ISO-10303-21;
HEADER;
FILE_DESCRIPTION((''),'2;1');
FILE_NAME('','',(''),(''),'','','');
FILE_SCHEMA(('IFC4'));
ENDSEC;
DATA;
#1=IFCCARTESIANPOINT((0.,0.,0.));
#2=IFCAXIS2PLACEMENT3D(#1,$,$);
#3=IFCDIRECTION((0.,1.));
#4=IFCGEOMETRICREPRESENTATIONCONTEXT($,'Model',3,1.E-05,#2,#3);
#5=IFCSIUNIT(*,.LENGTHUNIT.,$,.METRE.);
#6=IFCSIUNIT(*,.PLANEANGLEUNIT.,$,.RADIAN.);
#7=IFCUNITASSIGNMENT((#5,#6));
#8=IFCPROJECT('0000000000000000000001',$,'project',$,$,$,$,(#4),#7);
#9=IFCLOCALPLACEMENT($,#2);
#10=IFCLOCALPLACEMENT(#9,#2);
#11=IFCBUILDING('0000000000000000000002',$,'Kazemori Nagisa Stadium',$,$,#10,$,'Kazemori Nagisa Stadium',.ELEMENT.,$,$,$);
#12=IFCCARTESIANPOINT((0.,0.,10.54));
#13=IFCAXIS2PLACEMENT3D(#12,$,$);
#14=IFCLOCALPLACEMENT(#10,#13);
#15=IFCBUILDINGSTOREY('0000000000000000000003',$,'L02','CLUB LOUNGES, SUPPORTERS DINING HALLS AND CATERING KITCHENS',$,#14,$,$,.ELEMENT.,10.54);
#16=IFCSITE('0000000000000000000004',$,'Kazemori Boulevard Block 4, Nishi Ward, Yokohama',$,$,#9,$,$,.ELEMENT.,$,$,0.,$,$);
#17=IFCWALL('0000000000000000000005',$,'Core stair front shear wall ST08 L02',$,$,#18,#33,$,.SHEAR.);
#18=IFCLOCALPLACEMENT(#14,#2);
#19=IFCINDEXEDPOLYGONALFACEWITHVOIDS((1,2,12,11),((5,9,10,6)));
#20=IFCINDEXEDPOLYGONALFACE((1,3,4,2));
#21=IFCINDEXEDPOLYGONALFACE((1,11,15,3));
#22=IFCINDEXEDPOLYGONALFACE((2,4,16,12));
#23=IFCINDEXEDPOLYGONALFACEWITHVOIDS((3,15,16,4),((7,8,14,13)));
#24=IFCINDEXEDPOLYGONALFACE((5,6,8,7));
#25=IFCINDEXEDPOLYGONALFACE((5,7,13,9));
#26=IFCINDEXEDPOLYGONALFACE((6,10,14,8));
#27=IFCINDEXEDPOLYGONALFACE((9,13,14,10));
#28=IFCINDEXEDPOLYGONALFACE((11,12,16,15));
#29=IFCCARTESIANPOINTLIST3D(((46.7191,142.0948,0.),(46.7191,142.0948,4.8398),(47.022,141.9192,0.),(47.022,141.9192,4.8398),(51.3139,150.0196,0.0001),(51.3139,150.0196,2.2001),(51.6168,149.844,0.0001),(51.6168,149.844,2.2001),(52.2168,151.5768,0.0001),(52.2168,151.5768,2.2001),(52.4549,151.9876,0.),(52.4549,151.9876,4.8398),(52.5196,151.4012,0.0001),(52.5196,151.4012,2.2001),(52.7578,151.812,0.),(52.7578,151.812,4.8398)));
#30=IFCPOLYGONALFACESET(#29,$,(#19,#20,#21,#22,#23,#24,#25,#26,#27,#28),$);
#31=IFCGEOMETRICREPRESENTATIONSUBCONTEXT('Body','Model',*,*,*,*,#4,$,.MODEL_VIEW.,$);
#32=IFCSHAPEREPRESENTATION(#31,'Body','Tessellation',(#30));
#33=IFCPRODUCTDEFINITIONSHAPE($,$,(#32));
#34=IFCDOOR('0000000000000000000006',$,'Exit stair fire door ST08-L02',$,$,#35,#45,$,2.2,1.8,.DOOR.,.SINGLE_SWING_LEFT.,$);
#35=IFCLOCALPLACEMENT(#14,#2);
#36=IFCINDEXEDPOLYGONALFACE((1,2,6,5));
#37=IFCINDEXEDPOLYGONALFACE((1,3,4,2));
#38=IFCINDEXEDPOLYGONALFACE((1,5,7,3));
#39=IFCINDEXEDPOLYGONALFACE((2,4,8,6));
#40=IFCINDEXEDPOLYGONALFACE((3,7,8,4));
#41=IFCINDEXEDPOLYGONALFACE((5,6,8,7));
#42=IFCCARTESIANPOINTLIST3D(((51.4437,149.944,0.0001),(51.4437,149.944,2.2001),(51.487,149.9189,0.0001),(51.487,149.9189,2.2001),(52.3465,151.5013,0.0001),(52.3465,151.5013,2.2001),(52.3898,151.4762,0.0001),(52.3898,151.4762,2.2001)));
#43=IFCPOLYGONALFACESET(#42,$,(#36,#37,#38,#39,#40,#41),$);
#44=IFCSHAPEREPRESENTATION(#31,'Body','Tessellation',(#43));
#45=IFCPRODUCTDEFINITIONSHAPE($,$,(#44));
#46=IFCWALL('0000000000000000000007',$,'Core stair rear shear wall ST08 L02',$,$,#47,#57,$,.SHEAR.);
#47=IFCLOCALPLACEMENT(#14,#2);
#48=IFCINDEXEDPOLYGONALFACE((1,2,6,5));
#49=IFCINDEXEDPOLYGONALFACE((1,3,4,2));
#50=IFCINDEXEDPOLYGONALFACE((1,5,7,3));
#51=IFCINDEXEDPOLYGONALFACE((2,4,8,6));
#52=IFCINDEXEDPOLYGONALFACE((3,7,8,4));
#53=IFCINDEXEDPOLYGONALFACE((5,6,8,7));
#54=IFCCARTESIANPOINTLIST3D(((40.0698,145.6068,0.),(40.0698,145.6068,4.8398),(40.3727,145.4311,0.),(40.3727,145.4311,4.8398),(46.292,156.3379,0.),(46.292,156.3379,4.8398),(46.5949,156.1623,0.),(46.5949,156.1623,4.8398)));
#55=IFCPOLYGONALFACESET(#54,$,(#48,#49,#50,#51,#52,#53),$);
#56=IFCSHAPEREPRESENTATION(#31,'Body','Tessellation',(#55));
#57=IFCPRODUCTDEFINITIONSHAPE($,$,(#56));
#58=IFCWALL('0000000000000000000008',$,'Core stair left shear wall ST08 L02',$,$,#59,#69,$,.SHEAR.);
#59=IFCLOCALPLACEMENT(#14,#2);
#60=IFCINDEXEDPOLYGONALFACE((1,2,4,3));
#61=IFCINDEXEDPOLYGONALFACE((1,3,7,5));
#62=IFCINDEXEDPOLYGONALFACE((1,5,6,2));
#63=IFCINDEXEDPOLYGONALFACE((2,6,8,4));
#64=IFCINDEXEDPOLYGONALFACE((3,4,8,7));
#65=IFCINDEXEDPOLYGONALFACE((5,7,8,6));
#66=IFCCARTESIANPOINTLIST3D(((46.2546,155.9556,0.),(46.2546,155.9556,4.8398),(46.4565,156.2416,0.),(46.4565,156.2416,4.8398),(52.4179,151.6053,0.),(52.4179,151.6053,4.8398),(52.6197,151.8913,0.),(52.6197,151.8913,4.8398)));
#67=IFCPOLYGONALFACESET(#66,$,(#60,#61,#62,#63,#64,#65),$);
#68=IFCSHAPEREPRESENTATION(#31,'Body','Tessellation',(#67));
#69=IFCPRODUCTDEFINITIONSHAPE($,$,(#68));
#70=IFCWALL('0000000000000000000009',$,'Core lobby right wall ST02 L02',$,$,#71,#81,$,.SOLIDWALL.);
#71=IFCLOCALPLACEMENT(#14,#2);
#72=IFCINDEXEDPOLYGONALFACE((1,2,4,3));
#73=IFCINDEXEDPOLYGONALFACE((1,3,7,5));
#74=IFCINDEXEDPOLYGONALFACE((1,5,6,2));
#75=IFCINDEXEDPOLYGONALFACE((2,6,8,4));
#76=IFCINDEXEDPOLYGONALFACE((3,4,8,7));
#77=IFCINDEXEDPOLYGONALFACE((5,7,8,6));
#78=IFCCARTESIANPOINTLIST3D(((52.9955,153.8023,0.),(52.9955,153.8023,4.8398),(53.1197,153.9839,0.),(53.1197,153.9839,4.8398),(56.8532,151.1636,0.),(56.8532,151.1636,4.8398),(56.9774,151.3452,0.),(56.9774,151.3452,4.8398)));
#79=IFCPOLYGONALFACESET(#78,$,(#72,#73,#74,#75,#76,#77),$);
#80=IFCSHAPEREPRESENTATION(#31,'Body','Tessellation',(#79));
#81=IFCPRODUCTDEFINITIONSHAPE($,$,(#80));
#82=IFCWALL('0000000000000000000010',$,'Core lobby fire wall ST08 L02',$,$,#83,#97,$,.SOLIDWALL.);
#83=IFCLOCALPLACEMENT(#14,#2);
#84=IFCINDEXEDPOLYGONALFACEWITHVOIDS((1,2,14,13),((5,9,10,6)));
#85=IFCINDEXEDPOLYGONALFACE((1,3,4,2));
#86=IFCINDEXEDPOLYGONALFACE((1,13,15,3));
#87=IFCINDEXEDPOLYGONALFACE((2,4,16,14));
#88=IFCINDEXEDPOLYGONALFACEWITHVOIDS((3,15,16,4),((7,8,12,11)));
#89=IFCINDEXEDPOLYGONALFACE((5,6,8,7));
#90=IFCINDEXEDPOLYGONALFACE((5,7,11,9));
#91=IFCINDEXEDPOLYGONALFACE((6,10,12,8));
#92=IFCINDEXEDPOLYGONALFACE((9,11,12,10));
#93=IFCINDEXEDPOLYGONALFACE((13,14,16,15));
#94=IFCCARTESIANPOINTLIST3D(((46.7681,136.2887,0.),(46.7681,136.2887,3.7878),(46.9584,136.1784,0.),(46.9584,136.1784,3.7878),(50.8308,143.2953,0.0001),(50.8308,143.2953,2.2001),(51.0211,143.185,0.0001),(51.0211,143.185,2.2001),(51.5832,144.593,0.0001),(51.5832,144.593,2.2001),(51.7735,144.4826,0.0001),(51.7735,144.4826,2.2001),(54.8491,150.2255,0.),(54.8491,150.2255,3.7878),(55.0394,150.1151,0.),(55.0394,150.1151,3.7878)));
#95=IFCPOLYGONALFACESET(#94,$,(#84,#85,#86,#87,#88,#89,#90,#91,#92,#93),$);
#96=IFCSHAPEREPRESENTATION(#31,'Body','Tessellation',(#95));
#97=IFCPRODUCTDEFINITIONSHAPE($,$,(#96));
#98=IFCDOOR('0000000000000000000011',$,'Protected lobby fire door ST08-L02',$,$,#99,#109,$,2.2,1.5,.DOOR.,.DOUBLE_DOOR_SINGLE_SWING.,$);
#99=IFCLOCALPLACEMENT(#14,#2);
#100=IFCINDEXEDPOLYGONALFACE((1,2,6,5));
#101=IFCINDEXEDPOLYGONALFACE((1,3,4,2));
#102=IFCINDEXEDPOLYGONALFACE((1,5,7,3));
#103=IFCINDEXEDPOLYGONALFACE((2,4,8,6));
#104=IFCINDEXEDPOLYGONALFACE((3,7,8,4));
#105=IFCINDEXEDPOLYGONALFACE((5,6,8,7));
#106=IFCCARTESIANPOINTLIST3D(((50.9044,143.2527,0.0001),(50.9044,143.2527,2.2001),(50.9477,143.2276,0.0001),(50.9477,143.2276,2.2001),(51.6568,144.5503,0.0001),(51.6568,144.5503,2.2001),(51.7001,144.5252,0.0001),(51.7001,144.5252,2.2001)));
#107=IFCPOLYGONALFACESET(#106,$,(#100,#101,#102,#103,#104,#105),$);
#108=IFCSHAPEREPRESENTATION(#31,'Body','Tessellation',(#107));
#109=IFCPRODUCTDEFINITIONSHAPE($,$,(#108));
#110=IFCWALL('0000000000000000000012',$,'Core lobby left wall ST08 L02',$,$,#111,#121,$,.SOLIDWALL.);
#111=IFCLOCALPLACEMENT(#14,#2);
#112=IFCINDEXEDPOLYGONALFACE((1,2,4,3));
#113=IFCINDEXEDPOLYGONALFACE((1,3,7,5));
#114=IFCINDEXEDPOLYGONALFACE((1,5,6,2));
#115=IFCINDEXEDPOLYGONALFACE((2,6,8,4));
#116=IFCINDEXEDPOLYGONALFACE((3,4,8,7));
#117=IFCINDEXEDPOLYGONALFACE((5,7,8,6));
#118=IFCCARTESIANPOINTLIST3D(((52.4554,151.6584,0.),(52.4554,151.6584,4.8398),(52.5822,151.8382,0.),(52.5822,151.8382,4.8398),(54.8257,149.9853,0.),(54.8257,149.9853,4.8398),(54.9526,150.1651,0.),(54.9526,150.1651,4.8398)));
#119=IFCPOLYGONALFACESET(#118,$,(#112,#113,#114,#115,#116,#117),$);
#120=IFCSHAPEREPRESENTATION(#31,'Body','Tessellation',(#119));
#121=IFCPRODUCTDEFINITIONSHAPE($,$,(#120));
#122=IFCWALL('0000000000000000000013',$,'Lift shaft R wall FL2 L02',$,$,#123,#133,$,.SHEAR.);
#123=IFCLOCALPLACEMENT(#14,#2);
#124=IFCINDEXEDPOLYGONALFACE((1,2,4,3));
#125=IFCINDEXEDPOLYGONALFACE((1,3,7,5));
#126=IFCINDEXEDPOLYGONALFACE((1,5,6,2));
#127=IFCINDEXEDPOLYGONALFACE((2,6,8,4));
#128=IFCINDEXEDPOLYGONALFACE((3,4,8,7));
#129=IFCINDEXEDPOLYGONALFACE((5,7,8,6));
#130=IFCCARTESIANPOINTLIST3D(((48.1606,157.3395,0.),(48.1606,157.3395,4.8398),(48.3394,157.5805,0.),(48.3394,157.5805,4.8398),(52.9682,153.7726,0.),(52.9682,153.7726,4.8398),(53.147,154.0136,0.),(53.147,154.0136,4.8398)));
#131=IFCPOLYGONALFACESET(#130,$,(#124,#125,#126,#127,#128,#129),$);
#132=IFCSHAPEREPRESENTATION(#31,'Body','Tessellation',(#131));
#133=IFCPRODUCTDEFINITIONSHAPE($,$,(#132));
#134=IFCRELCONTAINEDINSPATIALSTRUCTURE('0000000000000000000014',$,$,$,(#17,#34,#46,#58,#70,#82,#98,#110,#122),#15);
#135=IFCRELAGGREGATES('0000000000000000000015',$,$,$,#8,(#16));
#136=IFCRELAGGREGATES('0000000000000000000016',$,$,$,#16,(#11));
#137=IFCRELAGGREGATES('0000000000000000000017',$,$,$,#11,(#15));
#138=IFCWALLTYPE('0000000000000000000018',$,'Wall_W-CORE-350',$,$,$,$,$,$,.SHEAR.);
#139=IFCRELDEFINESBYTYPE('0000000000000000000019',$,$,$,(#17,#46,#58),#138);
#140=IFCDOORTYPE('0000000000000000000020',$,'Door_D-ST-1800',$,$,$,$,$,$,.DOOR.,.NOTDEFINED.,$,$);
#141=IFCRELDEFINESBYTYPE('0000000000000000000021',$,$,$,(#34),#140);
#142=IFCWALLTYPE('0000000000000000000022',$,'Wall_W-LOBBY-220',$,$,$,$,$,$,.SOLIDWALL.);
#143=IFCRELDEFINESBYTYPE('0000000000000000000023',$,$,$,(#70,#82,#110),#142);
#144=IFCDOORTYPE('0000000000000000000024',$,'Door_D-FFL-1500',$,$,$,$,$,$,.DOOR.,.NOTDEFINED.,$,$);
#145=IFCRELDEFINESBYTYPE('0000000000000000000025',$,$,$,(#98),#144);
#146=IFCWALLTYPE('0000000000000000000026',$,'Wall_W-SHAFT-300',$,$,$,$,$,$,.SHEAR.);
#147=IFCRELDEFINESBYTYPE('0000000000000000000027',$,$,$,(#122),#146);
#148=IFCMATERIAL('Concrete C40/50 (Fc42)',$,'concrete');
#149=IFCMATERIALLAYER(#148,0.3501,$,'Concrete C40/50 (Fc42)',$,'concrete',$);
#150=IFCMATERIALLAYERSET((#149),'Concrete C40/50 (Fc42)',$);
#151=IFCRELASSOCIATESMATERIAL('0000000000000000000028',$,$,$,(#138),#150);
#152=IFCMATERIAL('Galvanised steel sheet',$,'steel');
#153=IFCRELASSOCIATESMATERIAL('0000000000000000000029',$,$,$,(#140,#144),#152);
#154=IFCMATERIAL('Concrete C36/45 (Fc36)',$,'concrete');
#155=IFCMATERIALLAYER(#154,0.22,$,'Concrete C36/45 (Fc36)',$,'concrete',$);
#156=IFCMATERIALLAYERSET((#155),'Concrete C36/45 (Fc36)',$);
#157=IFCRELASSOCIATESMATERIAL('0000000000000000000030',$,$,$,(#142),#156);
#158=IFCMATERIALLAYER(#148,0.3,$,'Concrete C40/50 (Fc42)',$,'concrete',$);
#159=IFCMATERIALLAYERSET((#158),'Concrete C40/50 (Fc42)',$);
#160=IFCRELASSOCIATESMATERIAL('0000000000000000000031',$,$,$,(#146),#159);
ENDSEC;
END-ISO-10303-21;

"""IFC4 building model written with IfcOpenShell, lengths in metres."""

from ifc_helpers import new_model, si_unit, direction, frame, frame_2d, origin, place, context, subcontext, project, spatial, rectangle, extrude, material, layer, layer_set, type_object, element, fill, save


model = new_model("IFC4")

# Units and contexts
model_context = context("Model", 3, precision=1e-05, world=origin(), true_north=direction((0.0, 1.0)))
body_context = subcontext(model_context, "Body", "Model", "MODEL_VIEW")
ifc_project = project(units=[si_unit("LENGTHUNIT", "METRE"), si_unit("PLANEANGLEUNIT", "RADIAN")], contexts=[model_context])

# Site, building, storey
site_placement = place(None, origin())
site = spatial("IfcSite", under=ifc_project, at=site_placement, Name="Kazemori Boulevard Block 4, Nishi Ward, Yokohama", CompositionType="ELEMENT", RefElevation=0.0)
building_placement = place(site_placement, origin())
building = spatial("IfcBuilding", under=site, at=building_placement, Name="Kazemori Nagisa Stadium", LongName="Kazemori Nagisa Stadium", CompositionType="ELEMENT")
storey_placement = place(building_placement, frame((0.0, 0.0, 10.54)))
storey = spatial("IfcBuildingStorey", under=building, at=storey_placement, Name="L02", Description="CLUB LOUNGES, SUPPORTERS DINING HALLS AND CATERING KITCHENS", CompositionType="ELEMENT", Elevation=10.54)

# Shared definitions
ifc_material_1 = material(Name="Concrete C40/50 (Fc42)", Category="concrete")

# Wall, opening, door
ifc_layer_1 = layer(ifc_material_1, 0.3501, Name="Concrete C40/50 (Fc42)", Category="concrete")
ifc_layer_set_1 = layer_set([ifc_layer_1], Name="Concrete C40/50 (Fc42)")
wall_type_1 = type_object("IfcWallType", Name="Wall_W-CORE-350", PredefinedType="SHEAR", material=ifc_layer_set_1)
wall_1_placement = place(storey_placement, frame((52.6064, 151.8999, 0.0), z_axis=(0.0, 0.0, 1.0), x_axis=(-0.501587, -0.865107, 0.0)))
wall_1 = element("IfcWall", 1, at=wall_1_placement, inside=storey, type_object=wall_type_1, Name="Core stair front shear wall ST08 L02", PredefinedType="SHEAR", context=body_context, shape_type="SweptSolid", body=[
    extrude(rectangle(XDim=11.4353, YDim=0.3501, at=frame_2d((5.7178, 0.0))), origin(), (0.0, 0.0, 1.0), 4.8398),
])
opening_1_placement = place(wall_1_placement, frame((0.4751, 0.0, 0.0)))
opening_1 = element("IfcOpeningElement", 2, at=opening_1_placement, cuts=wall_1, PredefinedType="OPENING", context=body_context, shape_type="SweptSolid", body=[
    extrude(rectangle(XDim=1.8, YDim=2.2, at=frame_2d((0.8999, 1.1001))), frame((0.0, 0.1851, 0.0), z_axis=(0.0, -1.0, 0.0), x_axis=(1.0, 0.0, 0.0)), (0.0, 0.0, 1.0), 0.3701),
])
ifc_material_2 = material(Name="Galvanised steel sheet", Category="steel")
door_type_1 = type_object("IfcDoorType", Name="Door_D-ST-1800", OperationType="NOTDEFINED", PredefinedType="DOOR", material=ifc_material_2)
door_1_placement = place(opening_1_placement, frame((1.8, 0.0, 0.0), z_axis=(0.0, 0.0, 1.0), x_axis=(-1.0, 0.0, 0.0)))
door_1 = element("IfcDoor", 3, at=door_1_placement, inside=storey, type_object=door_type_1, Name="Exit stair fire door ST08-L02", OperationType="SINGLE_SWING_LEFT", OverallHeight=2.2, OverallWidth=1.8, PredefinedType="DOOR", context=body_context, shape_type="SweptSolid", body=[
    extrude(rectangle(XDim=1.8, YDim=2.2, at=frame_2d((0.8999, 1.1001))), frame((0.0, 0.0249, 0.0), z_axis=(0.0, -1.0, 0.0), x_axis=(1.0, 0.0, 0.0)), (0.0, 0.0, 1.0), 0.05),
])
fill(opening_1, door_1)

# Walls
wall_2_placement = place(storey_placement, frame((46.4434, 156.25, 0.0), z_axis=(0.0, 0.0, 1.0), x_axis=(-0.501602, -0.865099, 0.0)))
element("IfcWall", 4, at=wall_2_placement, inside=storey, type_object=wall_type_1, Name="Core stair rear shear wall ST08 L02", PredefinedType="SHEAR", context=body_context, shape_type="SweptSolid", body=[
    extrude(rectangle(XDim=12.4045, YDim=0.3501, at=frame_2d((6.2021, 0.0))), origin(), (0.0, 0.0, 1.0), 4.8398),
])
wall_3_placement = place(storey_placement, frame((52.5188, 151.7483, 0.0), z_axis=(0.0, 0.0, 1.0), x_axis=(-0.816983, 0.576662, 0.0)))
element("IfcWall", 5, at=wall_3_placement, inside=storey, type_object=wall_type_1, Name="Core stair left shear wall ST08 L02", PredefinedType="SHEAR", context=body_context, shape_type="SweptSolid", body=[
    extrude(rectangle(XDim=7.5439, YDim=0.3501, at=frame_2d((3.772, 0.0))), origin(), (0.0, 0.0, 1.0), 4.8398),
])
ifc_material_3 = material(Name="Concrete C36/45 (Fc36)", Category="concrete")
ifc_layer_2 = layer(ifc_material_3, 0.22, Name="Concrete C36/45 (Fc36)", Category="concrete")
ifc_layer_set_2 = layer_set([ifc_layer_2], Name="Concrete C36/45 (Fc36)")
wall_type_2 = type_object("IfcWallType", Name="Wall_W-LOBBY-220", PredefinedType="SOLIDWALL", material=ifc_layer_set_2)
wall_4_placement = place(storey_placement, frame((56.9153, 151.2544, 0.0), z_axis=(0.0, 0.0, 1.0), x_axis=(-0.825385, 0.56457, 0.0)))
element("IfcWall", 6, at=wall_4_placement, inside=storey, type_object=wall_type_2, Name="Core lobby right wall ST02 L02", PredefinedType="SOLIDWALL", context=body_context, shape_type="SweptSolid", body=[
    extrude(rectangle(XDim=4.6738, YDim=0.22, at=frame_2d((2.3369, 0.0))), origin(), (0.0, 0.0, 1.0), 4.8398),
])

# Wall, opening, door
wall_5_placement = place(storey_placement, frame((54.9443, 150.1704, 0.0), z_axis=(0.0, 0.0, 1.0), x_axis=(-0.501613, -0.865092, 0.0)))
wall_5 = element("IfcWall", 7, at=wall_5_placement, inside=storey, type_object=wall_type_2, Name="Core lobby fire wall ST08 L02", PredefinedType="SOLIDWALL", context=body_context, shape_type="SweptSolid", body=[
    extrude(rectangle(XDim=16.1101, YDim=0.22, at=frame_2d((8.0552, 0.0))), origin(), (0.0, 0.0, 1.0), 3.7878),
])
opening_2_placement = place(wall_5_placement, frame((6.511, 0.0, 0.0)))
opening_2 = element("IfcOpeningElement", 8, at=opening_2_placement, cuts=wall_5, PredefinedType="OPENING", context=body_context, shape_type="SweptSolid", body=[
    extrude(rectangle(XDim=1.5, YDim=2.2, at=frame_2d((0.75, 1.1001))), frame((0.0, 0.1199, 0.0), z_axis=(0.0, -1.0, 0.0), x_axis=(1.0, 0.0, 0.0)), (0.0, 0.0, 1.0), 0.24),
])
door_type_2 = type_object("IfcDoorType", Name="Door_D-FFL-1500", OperationType="NOTDEFINED", PredefinedType="DOOR", material=ifc_material_2)
door_2_placement = place(opening_2_placement, frame((1.5, 0.0, 0.0), z_axis=(0.0, 0.0, 1.0), x_axis=(-1.0, 0.0, 0.0)))
door_2 = element("IfcDoor", 9, at=door_2_placement, inside=storey, type_object=door_type_2, Name="Protected lobby fire door ST08-L02", OperationType="DOUBLE_DOOR_SINGLE_SWING", OverallHeight=2.2, OverallWidth=1.5, PredefinedType="DOOR", context=body_context, shape_type="SweptSolid", body=[
    extrude(rectangle(XDim=1.5, YDim=2.2, at=frame_2d((0.75, 1.1001))), frame((0.0, 0.0249, 0.0), z_axis=(0.0, -1.0, 0.0), x_axis=(1.0, 0.0, 0.0)), (0.0, 0.0, 1.0), 0.05),
])
fill(opening_2, door_2)

# Walls
wall_6_placement = place(storey_placement, frame((54.8892, 150.0752, 0.0), z_axis=(0.0, 0.0, 1.0), x_axis=(-0.816984, 0.57666, 0.0)))
element("IfcWall", 10, at=wall_6_placement, inside=storey, type_object=wall_type_2, Name="Core lobby left wall ST08 L02", PredefinedType="SOLIDWALL", context=body_context, shape_type="SweptSolid", body=[
    extrude(rectangle(XDim=2.9014, YDim=0.22, at=frame_2d((1.4507, 0.0))), origin(), (0.0, 0.0, 1.0), 4.8398),
])
ifc_layer_3 = layer(ifc_material_1, 0.3, Name="Concrete C40/50 (Fc42)", Category="concrete")
ifc_layer_set_3 = layer_set([ifc_layer_3], Name="Concrete C40/50 (Fc42)")
wall_type_3 = type_object("IfcWallType", Name="Wall_W-SHAFT-300", PredefinedType="SHEAR", material=ifc_layer_set_3)
wall_7_placement = place(storey_placement, frame((53.0576, 153.8931, 0.0), z_axis=(0.0, 0.0, 1.0), x_axis=(-0.803102, 0.595842, 0.0)))
element("IfcWall", 11, at=wall_7_placement, inside=storey, type_object=wall_type_3, Name="Lift shaft R wall FL2 L02", PredefinedType="SHEAR", context=body_context, shape_type="SweptSolid", body=[
    extrude(rectangle(XDim=5.9863, YDim=0.3, at=frame_2d((2.9932, 0.0))), origin(), (0.0, 0.0, 1.0), 4.8398),
])

save(model, "model.ifc")
